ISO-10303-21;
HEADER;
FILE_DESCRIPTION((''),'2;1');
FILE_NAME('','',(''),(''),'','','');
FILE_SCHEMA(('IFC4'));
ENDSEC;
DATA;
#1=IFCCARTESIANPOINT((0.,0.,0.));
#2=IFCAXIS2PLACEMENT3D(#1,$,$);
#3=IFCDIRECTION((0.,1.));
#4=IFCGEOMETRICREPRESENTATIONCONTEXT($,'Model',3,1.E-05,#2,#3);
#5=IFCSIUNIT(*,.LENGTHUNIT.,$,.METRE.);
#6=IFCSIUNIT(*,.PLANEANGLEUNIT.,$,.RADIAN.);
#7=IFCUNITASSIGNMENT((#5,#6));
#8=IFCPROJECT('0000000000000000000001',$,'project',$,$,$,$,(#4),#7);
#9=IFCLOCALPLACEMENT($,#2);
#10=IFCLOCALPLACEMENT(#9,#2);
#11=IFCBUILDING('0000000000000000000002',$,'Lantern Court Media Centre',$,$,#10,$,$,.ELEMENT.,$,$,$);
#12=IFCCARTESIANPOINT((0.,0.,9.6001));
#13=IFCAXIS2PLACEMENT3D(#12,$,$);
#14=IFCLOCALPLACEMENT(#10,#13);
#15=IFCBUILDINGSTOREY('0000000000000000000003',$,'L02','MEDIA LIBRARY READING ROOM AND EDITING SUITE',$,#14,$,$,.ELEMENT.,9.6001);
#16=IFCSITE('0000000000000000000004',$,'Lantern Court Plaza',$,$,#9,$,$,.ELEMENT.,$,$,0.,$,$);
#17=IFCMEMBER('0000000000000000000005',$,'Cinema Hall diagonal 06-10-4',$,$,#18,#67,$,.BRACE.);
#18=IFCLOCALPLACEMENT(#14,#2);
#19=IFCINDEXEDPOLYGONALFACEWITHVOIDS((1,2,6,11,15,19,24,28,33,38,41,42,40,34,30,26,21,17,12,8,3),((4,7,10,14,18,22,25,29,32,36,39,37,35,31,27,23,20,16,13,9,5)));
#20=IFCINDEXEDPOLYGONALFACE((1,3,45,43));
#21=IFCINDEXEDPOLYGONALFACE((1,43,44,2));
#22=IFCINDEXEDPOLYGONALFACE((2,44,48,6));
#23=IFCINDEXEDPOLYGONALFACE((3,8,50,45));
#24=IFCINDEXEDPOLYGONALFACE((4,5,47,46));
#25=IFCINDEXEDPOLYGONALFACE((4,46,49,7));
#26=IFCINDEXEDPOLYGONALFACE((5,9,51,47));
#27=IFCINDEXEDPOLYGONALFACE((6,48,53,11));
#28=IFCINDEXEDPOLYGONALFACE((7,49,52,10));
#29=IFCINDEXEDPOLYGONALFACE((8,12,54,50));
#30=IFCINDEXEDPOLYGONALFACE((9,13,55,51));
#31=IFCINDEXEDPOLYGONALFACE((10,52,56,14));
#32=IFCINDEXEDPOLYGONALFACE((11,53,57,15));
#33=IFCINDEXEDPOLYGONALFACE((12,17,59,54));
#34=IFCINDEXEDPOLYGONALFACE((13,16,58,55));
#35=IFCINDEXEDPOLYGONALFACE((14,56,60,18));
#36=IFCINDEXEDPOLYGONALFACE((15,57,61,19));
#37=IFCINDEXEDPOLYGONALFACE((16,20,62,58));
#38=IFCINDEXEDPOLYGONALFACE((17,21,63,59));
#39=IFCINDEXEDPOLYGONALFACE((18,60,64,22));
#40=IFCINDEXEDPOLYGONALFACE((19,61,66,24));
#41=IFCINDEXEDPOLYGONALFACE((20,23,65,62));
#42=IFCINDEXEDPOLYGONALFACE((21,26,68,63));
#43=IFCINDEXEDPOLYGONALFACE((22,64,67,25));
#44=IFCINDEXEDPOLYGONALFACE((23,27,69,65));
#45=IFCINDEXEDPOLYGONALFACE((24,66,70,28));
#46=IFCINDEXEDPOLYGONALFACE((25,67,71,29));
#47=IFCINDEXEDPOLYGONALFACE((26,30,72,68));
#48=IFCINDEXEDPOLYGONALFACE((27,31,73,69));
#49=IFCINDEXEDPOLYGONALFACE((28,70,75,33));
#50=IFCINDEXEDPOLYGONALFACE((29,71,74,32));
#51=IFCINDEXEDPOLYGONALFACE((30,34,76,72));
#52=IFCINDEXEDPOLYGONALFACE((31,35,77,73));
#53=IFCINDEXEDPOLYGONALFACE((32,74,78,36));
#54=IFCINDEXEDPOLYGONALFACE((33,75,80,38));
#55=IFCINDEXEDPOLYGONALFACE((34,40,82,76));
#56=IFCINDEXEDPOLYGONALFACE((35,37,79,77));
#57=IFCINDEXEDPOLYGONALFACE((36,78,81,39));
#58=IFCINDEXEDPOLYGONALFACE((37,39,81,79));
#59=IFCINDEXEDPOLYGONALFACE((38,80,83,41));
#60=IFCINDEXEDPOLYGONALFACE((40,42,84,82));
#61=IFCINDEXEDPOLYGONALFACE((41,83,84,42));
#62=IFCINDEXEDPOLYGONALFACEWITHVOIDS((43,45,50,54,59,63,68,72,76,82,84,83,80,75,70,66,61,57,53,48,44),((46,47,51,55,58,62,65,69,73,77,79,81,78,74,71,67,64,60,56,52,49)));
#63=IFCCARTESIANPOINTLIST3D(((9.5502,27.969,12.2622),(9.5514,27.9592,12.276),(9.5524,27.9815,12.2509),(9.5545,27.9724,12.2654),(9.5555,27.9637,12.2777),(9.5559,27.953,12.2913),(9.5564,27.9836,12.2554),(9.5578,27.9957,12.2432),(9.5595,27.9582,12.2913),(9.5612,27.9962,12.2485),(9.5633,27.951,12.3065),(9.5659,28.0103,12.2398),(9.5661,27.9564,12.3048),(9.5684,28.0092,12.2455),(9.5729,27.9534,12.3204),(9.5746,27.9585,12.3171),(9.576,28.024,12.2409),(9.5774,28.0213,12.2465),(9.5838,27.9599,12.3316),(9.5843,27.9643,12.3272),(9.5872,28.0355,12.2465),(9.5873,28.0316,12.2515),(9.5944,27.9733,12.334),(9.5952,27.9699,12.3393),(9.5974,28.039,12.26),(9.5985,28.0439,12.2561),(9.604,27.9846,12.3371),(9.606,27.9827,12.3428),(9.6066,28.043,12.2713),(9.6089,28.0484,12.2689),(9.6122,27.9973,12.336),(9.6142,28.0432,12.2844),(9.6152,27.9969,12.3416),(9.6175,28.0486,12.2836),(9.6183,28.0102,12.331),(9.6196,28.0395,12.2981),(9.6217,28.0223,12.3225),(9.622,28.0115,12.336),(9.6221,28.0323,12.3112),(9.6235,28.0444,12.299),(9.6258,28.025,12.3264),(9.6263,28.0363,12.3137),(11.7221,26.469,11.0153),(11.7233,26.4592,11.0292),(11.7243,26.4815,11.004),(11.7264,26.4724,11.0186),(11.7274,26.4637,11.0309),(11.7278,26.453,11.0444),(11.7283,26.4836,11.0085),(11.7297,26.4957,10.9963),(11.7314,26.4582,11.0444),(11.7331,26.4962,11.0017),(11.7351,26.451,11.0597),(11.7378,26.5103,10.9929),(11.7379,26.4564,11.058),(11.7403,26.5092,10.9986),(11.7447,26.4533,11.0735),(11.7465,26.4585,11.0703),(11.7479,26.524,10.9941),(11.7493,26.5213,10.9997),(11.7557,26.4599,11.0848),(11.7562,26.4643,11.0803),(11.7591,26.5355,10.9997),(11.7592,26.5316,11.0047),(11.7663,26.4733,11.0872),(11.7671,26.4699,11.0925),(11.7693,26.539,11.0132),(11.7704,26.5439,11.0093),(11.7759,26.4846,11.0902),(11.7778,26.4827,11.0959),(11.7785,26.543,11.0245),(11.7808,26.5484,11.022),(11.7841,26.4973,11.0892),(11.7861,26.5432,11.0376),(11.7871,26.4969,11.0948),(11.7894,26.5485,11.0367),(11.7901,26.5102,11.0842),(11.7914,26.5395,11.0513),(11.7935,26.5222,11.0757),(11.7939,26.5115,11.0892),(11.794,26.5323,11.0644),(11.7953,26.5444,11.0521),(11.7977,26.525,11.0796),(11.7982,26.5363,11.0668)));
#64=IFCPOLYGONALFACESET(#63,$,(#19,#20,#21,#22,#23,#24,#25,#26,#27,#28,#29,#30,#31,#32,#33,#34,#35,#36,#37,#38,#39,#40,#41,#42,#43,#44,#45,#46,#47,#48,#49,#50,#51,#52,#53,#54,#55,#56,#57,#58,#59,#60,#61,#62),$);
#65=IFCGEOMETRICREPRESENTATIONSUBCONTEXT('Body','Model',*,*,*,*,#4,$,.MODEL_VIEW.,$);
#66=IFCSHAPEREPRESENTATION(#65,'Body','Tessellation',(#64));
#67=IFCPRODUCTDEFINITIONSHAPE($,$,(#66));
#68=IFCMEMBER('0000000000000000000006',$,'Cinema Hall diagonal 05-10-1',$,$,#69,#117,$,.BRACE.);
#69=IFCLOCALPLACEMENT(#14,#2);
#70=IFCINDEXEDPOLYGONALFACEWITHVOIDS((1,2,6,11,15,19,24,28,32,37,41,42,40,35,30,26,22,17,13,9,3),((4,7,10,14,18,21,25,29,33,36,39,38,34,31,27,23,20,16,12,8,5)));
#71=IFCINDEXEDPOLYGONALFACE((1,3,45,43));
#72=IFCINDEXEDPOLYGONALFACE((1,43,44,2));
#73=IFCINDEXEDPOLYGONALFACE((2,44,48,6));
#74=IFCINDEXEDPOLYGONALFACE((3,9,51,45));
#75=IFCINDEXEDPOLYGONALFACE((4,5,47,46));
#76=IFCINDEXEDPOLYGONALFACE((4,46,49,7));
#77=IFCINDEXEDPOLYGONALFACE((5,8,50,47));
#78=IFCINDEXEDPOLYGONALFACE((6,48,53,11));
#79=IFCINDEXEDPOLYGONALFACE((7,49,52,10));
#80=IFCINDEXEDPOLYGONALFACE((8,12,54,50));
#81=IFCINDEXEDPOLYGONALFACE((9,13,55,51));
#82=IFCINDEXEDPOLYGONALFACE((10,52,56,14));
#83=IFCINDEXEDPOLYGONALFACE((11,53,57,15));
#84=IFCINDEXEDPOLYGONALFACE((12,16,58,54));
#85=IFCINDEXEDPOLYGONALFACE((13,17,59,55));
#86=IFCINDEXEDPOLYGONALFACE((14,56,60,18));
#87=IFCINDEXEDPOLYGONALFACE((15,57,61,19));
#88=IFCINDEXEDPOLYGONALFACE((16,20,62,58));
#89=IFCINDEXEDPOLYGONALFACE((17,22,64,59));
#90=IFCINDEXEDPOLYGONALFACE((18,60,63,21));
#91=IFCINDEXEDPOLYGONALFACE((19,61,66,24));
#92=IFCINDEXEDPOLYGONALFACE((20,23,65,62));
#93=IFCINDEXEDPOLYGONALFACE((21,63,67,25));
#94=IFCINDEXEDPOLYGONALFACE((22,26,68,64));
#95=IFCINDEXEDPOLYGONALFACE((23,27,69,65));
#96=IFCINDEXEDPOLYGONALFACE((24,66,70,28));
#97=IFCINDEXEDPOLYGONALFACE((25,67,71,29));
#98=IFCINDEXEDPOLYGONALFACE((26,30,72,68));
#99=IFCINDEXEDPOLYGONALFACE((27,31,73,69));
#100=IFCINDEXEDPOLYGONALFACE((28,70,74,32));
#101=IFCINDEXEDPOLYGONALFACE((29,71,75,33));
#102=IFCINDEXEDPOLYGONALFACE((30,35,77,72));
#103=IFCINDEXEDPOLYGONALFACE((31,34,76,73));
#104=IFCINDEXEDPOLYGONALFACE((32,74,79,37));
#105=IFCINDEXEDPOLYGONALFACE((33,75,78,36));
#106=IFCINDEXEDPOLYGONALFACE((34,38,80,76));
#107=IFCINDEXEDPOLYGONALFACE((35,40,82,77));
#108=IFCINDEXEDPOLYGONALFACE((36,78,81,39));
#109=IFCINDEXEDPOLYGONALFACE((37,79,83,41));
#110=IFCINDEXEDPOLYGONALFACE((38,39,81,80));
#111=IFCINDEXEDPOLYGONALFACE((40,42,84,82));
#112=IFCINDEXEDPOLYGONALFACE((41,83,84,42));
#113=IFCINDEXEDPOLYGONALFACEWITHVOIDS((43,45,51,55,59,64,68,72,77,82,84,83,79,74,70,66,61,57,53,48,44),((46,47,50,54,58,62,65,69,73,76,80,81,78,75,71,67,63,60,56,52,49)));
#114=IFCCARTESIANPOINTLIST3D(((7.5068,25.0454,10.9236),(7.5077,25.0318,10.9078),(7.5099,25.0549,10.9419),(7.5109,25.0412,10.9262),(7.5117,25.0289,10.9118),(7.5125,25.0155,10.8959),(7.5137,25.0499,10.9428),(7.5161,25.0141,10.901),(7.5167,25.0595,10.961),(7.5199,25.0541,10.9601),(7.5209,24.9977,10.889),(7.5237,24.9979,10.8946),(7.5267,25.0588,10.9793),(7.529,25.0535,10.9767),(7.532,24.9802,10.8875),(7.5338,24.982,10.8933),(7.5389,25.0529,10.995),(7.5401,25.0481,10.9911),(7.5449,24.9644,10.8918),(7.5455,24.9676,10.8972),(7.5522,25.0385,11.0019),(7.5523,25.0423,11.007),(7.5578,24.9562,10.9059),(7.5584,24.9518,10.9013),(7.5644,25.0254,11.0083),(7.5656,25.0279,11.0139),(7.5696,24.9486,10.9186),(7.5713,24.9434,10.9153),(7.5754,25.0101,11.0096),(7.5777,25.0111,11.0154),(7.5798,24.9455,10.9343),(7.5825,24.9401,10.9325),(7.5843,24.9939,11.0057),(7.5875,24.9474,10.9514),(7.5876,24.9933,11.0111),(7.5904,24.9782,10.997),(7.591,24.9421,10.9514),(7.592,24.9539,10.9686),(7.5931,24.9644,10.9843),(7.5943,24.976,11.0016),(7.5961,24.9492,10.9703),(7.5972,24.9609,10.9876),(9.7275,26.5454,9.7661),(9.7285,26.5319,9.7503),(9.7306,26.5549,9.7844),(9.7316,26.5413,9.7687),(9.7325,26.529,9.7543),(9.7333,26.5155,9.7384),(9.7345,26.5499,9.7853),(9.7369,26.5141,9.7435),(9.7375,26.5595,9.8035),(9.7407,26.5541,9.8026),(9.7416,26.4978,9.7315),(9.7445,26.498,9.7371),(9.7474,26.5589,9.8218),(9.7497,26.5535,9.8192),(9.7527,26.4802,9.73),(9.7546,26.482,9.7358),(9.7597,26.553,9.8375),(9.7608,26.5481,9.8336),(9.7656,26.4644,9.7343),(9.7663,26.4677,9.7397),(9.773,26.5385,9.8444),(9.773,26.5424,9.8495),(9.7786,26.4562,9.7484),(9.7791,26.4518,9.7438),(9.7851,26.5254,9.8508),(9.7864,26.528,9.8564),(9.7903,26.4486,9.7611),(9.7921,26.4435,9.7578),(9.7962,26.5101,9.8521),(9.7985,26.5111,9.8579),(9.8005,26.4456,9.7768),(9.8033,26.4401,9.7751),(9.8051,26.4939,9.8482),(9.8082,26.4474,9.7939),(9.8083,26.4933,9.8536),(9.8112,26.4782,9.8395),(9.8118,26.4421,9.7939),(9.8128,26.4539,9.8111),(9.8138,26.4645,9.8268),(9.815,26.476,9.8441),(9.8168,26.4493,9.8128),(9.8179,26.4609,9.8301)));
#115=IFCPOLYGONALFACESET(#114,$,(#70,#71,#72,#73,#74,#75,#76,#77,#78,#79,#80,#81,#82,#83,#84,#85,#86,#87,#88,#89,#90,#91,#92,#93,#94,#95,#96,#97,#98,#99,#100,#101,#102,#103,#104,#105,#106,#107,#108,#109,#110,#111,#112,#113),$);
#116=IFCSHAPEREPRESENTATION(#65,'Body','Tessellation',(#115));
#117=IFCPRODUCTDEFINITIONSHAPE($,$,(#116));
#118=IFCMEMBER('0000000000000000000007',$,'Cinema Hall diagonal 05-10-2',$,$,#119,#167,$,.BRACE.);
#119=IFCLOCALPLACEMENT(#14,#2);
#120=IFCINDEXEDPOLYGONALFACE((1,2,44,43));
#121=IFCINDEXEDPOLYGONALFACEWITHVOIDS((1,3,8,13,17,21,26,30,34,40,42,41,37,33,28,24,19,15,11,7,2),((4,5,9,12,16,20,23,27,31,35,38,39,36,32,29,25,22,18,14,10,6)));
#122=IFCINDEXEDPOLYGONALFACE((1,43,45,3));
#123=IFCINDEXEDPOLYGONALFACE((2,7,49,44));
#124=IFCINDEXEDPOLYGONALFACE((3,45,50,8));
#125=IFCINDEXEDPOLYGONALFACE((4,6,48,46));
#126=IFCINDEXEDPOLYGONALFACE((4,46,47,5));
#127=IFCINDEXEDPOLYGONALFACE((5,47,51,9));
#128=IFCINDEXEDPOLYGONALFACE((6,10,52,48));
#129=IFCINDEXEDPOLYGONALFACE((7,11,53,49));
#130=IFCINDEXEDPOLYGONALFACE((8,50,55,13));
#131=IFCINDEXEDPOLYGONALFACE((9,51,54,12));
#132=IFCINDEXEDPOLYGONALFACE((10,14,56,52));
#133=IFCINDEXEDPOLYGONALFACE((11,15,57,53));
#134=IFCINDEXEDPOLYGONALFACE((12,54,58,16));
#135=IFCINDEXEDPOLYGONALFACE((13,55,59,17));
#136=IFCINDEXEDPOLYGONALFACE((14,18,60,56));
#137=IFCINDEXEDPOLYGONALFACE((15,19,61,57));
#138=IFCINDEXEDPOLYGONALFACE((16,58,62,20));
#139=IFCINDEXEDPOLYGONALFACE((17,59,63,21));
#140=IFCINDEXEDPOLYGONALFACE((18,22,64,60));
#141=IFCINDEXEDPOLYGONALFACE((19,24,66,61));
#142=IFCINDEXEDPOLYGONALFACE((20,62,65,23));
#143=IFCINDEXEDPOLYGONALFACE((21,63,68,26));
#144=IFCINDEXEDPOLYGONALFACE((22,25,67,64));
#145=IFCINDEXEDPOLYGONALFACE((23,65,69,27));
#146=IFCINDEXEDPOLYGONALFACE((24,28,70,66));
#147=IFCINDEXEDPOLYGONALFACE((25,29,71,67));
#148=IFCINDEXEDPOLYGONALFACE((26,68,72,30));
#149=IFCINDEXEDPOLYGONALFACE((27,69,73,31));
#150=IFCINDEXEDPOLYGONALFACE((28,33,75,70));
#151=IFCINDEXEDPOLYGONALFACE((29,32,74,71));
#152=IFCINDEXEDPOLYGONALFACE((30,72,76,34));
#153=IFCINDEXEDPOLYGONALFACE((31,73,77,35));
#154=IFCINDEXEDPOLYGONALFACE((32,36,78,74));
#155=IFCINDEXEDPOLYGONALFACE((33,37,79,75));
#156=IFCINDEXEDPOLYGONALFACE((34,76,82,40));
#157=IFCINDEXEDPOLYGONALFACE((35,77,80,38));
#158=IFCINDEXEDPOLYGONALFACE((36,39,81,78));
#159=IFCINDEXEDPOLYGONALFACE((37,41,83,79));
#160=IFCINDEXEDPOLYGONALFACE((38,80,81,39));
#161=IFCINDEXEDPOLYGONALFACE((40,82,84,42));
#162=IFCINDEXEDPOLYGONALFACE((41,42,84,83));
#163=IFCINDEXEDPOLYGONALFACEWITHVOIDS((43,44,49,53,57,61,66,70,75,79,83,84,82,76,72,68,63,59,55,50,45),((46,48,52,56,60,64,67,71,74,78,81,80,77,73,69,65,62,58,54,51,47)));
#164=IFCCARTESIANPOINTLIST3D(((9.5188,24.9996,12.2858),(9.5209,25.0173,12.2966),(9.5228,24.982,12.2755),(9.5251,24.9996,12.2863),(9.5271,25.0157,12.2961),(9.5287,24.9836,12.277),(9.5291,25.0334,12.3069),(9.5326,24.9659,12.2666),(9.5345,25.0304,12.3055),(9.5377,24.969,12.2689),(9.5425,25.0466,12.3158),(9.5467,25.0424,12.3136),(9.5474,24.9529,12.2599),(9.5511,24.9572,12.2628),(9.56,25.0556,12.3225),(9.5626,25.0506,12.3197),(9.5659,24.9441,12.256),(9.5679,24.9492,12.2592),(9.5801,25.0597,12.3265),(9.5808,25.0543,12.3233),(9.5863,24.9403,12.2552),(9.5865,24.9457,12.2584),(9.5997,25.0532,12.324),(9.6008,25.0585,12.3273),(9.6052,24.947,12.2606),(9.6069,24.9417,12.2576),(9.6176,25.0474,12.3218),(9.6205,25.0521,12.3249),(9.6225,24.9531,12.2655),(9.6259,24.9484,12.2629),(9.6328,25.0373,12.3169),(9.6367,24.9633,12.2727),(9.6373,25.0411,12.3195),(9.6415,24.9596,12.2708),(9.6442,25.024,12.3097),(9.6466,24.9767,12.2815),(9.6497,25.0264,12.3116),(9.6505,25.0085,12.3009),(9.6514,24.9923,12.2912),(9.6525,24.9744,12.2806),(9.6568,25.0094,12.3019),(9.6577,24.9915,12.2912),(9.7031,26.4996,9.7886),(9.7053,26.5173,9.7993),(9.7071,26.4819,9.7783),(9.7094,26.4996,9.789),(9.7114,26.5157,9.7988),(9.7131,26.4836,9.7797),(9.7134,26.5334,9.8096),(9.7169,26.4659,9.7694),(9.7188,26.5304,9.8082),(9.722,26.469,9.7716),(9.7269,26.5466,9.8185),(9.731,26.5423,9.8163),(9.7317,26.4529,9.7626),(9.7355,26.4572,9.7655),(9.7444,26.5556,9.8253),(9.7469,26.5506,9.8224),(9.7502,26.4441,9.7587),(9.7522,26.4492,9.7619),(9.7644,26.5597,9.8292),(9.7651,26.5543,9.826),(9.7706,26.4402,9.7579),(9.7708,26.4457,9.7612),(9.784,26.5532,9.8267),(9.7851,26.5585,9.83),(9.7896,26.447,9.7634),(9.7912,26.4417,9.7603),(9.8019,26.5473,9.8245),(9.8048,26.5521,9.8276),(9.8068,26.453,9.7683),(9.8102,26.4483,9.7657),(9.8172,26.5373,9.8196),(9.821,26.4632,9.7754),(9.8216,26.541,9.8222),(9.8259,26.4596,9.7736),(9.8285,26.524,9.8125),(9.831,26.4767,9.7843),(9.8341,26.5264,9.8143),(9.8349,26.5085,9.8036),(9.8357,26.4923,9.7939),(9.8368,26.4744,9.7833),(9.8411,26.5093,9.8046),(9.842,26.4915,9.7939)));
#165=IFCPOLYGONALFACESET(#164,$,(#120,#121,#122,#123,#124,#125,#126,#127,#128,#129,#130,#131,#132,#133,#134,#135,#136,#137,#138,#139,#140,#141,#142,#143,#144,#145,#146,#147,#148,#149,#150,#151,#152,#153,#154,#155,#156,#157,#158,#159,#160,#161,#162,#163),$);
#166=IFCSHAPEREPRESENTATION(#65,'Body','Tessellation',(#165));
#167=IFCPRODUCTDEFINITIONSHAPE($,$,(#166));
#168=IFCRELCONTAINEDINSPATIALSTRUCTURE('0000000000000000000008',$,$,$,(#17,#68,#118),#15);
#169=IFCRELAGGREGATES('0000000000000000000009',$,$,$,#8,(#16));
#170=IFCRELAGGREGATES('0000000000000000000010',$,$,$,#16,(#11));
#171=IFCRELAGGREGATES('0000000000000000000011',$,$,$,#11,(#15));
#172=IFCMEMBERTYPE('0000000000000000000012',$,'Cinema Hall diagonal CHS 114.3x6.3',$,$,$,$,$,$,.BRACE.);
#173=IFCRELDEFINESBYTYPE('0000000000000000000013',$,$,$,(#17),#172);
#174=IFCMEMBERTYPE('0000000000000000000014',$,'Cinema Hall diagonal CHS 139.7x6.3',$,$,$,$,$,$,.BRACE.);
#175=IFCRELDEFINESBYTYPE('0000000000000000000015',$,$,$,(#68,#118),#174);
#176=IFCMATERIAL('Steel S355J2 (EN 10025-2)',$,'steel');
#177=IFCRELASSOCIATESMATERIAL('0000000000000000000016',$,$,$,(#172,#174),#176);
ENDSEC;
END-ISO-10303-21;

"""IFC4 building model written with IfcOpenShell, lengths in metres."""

from ifc_helpers import new_model, si_unit, direction, frame, origin, origin_2d, place, context, subcontext, project, spatial, hollow_circle, extrude, material, material_profile, profile_set, type_object, element, save


model = new_model("IFC4")

# Units and contexts
model_context = context("Model", 3, precision=1e-05, world=origin(), true_north=direction((0.0, 1.0)))
body_context = subcontext(model_context, "Body", "Model", "MODEL_VIEW")
ifc_project = project(units=[si_unit("LENGTHUNIT", "METRE"), si_unit("PLANEANGLEUNIT", "RADIAN")], contexts=[model_context])

# Site, building, storey
site_placement = place(None, origin())
site = spatial("IfcSite", under=ifc_project, at=site_placement, Name="Lantern Court Plaza", CompositionType="ELEMENT", RefElevation=0.0)
building_placement = place(site_placement, origin())
building = spatial("IfcBuilding", under=site, at=building_placement, Name="Lantern Court Media Centre", CompositionType="ELEMENT")
storey_placement = place(building_placement, frame((0.0, 0.0, 9.6001)))
storey = spatial("IfcBuildingStorey", under=building, at=storey_placement, Name="L02", Description="MEDIA LIBRARY READING ROOM AND EDITING SUITE", CompositionType="ELEMENT", Elevation=9.6001)

# Members
ifc_material = material(Name="Steel S355J2 (EN 10025-2)", Category="steel")
ifc_material_profile_1 = material_profile(ifc_material, hollow_circle(Radius=0.0571, WallThickness=0.0063, at=origin_2d()), Name="Cinema Hall diagonal CHS 114.3x6.3")
ifc_profile_set_1 = profile_set([ifc_material_profile_1], Name="Steel S355J2 (EN 10025-2)")
member_type_1 = type_object("IfcMemberType", Name="Cinema Hall diagonal CHS 114.3x6.3", PredefinedType="BRACE", material=ifc_profile_set_1)
for number, where, z_axis, x_axis, name in (
    (1, (11.7603, 26.5, 11.0444), (-0.744002, 0.513843, 0.427115), (-0.568286, -0.822831, 0.0), "Cinema Hall diagonal 06-10-4"),
):
    element("IfcMember", number, at=place(storey_placement, frame(where, z_axis=z_axis, x_axis=x_axis)), inside=storey, type_object=member_type_1, Name=name, PredefinedType="BRACE", context=body_context, shape_type="SweptSolid", body=[
        extrude(hollow_circle(Radius=0.0571, WallThickness=0.0063, at=origin_2d()), origin(), (0.0, 0.0, 1.0), 2.9192),
    ])
ifc_material_profile_2 = material_profile(ifc_material, hollow_circle(Radius=0.0698, WallThickness=0.0063, at=origin_2d()), Name="Cinema Hall diagonal CHS 139.7x6.3")
ifc_profile_set_2 = profile_set([ifc_material_profile_2], Name="Steel S355J2 (EN 10025-2)")
member_type_2 = type_object("IfcMemberType", Name="Cinema Hall diagonal CHS 139.7x6.3", PredefinedType="BRACE", material=ifc_profile_set_2)
member_1_placement = place(storey_placement, frame((9.7727, 26.5, 9.7939), z_axis=(-0.760744, -0.513854, 0.396514), x_axis=(0.559736, -0.828671, 0.0)))
element("IfcMember", 2, at=member_1_placement, inside=storey, type_object=member_type_2, Name="Cinema Hall diagonal 05-10-1", PredefinedType="BRACE", context=body_context, shape_type="SweptSolid", body=[
    extrude(hollow_circle(Radius=0.0698, WallThickness=0.0063, at=origin_2d()), origin(), (0.0, 0.0, 1.0), 2.9192),
])
for number, where, z_axis, x_axis, name in (
    (3, (9.7727, 26.5, 9.7939), (-0.063147, -0.513875, 0.855538), (0.992534, -0.121967, 0.0), "Cinema Hall diagonal 05-10-2"),
):
    element("IfcMember", number, at=place(storey_placement, frame(where, z_axis=z_axis, x_axis=x_axis)), inside=storey, type_object=member_type_2, Name=name, PredefinedType="BRACE", context=body_context, shape_type="SweptSolid", body=[
        extrude(hollow_circle(Radius=0.0698, WallThickness=0.0063, at=origin_2d()), origin(), (0.0, 0.0, 1.0), 2.9189),
    ])

save(model, "model.ifc")
